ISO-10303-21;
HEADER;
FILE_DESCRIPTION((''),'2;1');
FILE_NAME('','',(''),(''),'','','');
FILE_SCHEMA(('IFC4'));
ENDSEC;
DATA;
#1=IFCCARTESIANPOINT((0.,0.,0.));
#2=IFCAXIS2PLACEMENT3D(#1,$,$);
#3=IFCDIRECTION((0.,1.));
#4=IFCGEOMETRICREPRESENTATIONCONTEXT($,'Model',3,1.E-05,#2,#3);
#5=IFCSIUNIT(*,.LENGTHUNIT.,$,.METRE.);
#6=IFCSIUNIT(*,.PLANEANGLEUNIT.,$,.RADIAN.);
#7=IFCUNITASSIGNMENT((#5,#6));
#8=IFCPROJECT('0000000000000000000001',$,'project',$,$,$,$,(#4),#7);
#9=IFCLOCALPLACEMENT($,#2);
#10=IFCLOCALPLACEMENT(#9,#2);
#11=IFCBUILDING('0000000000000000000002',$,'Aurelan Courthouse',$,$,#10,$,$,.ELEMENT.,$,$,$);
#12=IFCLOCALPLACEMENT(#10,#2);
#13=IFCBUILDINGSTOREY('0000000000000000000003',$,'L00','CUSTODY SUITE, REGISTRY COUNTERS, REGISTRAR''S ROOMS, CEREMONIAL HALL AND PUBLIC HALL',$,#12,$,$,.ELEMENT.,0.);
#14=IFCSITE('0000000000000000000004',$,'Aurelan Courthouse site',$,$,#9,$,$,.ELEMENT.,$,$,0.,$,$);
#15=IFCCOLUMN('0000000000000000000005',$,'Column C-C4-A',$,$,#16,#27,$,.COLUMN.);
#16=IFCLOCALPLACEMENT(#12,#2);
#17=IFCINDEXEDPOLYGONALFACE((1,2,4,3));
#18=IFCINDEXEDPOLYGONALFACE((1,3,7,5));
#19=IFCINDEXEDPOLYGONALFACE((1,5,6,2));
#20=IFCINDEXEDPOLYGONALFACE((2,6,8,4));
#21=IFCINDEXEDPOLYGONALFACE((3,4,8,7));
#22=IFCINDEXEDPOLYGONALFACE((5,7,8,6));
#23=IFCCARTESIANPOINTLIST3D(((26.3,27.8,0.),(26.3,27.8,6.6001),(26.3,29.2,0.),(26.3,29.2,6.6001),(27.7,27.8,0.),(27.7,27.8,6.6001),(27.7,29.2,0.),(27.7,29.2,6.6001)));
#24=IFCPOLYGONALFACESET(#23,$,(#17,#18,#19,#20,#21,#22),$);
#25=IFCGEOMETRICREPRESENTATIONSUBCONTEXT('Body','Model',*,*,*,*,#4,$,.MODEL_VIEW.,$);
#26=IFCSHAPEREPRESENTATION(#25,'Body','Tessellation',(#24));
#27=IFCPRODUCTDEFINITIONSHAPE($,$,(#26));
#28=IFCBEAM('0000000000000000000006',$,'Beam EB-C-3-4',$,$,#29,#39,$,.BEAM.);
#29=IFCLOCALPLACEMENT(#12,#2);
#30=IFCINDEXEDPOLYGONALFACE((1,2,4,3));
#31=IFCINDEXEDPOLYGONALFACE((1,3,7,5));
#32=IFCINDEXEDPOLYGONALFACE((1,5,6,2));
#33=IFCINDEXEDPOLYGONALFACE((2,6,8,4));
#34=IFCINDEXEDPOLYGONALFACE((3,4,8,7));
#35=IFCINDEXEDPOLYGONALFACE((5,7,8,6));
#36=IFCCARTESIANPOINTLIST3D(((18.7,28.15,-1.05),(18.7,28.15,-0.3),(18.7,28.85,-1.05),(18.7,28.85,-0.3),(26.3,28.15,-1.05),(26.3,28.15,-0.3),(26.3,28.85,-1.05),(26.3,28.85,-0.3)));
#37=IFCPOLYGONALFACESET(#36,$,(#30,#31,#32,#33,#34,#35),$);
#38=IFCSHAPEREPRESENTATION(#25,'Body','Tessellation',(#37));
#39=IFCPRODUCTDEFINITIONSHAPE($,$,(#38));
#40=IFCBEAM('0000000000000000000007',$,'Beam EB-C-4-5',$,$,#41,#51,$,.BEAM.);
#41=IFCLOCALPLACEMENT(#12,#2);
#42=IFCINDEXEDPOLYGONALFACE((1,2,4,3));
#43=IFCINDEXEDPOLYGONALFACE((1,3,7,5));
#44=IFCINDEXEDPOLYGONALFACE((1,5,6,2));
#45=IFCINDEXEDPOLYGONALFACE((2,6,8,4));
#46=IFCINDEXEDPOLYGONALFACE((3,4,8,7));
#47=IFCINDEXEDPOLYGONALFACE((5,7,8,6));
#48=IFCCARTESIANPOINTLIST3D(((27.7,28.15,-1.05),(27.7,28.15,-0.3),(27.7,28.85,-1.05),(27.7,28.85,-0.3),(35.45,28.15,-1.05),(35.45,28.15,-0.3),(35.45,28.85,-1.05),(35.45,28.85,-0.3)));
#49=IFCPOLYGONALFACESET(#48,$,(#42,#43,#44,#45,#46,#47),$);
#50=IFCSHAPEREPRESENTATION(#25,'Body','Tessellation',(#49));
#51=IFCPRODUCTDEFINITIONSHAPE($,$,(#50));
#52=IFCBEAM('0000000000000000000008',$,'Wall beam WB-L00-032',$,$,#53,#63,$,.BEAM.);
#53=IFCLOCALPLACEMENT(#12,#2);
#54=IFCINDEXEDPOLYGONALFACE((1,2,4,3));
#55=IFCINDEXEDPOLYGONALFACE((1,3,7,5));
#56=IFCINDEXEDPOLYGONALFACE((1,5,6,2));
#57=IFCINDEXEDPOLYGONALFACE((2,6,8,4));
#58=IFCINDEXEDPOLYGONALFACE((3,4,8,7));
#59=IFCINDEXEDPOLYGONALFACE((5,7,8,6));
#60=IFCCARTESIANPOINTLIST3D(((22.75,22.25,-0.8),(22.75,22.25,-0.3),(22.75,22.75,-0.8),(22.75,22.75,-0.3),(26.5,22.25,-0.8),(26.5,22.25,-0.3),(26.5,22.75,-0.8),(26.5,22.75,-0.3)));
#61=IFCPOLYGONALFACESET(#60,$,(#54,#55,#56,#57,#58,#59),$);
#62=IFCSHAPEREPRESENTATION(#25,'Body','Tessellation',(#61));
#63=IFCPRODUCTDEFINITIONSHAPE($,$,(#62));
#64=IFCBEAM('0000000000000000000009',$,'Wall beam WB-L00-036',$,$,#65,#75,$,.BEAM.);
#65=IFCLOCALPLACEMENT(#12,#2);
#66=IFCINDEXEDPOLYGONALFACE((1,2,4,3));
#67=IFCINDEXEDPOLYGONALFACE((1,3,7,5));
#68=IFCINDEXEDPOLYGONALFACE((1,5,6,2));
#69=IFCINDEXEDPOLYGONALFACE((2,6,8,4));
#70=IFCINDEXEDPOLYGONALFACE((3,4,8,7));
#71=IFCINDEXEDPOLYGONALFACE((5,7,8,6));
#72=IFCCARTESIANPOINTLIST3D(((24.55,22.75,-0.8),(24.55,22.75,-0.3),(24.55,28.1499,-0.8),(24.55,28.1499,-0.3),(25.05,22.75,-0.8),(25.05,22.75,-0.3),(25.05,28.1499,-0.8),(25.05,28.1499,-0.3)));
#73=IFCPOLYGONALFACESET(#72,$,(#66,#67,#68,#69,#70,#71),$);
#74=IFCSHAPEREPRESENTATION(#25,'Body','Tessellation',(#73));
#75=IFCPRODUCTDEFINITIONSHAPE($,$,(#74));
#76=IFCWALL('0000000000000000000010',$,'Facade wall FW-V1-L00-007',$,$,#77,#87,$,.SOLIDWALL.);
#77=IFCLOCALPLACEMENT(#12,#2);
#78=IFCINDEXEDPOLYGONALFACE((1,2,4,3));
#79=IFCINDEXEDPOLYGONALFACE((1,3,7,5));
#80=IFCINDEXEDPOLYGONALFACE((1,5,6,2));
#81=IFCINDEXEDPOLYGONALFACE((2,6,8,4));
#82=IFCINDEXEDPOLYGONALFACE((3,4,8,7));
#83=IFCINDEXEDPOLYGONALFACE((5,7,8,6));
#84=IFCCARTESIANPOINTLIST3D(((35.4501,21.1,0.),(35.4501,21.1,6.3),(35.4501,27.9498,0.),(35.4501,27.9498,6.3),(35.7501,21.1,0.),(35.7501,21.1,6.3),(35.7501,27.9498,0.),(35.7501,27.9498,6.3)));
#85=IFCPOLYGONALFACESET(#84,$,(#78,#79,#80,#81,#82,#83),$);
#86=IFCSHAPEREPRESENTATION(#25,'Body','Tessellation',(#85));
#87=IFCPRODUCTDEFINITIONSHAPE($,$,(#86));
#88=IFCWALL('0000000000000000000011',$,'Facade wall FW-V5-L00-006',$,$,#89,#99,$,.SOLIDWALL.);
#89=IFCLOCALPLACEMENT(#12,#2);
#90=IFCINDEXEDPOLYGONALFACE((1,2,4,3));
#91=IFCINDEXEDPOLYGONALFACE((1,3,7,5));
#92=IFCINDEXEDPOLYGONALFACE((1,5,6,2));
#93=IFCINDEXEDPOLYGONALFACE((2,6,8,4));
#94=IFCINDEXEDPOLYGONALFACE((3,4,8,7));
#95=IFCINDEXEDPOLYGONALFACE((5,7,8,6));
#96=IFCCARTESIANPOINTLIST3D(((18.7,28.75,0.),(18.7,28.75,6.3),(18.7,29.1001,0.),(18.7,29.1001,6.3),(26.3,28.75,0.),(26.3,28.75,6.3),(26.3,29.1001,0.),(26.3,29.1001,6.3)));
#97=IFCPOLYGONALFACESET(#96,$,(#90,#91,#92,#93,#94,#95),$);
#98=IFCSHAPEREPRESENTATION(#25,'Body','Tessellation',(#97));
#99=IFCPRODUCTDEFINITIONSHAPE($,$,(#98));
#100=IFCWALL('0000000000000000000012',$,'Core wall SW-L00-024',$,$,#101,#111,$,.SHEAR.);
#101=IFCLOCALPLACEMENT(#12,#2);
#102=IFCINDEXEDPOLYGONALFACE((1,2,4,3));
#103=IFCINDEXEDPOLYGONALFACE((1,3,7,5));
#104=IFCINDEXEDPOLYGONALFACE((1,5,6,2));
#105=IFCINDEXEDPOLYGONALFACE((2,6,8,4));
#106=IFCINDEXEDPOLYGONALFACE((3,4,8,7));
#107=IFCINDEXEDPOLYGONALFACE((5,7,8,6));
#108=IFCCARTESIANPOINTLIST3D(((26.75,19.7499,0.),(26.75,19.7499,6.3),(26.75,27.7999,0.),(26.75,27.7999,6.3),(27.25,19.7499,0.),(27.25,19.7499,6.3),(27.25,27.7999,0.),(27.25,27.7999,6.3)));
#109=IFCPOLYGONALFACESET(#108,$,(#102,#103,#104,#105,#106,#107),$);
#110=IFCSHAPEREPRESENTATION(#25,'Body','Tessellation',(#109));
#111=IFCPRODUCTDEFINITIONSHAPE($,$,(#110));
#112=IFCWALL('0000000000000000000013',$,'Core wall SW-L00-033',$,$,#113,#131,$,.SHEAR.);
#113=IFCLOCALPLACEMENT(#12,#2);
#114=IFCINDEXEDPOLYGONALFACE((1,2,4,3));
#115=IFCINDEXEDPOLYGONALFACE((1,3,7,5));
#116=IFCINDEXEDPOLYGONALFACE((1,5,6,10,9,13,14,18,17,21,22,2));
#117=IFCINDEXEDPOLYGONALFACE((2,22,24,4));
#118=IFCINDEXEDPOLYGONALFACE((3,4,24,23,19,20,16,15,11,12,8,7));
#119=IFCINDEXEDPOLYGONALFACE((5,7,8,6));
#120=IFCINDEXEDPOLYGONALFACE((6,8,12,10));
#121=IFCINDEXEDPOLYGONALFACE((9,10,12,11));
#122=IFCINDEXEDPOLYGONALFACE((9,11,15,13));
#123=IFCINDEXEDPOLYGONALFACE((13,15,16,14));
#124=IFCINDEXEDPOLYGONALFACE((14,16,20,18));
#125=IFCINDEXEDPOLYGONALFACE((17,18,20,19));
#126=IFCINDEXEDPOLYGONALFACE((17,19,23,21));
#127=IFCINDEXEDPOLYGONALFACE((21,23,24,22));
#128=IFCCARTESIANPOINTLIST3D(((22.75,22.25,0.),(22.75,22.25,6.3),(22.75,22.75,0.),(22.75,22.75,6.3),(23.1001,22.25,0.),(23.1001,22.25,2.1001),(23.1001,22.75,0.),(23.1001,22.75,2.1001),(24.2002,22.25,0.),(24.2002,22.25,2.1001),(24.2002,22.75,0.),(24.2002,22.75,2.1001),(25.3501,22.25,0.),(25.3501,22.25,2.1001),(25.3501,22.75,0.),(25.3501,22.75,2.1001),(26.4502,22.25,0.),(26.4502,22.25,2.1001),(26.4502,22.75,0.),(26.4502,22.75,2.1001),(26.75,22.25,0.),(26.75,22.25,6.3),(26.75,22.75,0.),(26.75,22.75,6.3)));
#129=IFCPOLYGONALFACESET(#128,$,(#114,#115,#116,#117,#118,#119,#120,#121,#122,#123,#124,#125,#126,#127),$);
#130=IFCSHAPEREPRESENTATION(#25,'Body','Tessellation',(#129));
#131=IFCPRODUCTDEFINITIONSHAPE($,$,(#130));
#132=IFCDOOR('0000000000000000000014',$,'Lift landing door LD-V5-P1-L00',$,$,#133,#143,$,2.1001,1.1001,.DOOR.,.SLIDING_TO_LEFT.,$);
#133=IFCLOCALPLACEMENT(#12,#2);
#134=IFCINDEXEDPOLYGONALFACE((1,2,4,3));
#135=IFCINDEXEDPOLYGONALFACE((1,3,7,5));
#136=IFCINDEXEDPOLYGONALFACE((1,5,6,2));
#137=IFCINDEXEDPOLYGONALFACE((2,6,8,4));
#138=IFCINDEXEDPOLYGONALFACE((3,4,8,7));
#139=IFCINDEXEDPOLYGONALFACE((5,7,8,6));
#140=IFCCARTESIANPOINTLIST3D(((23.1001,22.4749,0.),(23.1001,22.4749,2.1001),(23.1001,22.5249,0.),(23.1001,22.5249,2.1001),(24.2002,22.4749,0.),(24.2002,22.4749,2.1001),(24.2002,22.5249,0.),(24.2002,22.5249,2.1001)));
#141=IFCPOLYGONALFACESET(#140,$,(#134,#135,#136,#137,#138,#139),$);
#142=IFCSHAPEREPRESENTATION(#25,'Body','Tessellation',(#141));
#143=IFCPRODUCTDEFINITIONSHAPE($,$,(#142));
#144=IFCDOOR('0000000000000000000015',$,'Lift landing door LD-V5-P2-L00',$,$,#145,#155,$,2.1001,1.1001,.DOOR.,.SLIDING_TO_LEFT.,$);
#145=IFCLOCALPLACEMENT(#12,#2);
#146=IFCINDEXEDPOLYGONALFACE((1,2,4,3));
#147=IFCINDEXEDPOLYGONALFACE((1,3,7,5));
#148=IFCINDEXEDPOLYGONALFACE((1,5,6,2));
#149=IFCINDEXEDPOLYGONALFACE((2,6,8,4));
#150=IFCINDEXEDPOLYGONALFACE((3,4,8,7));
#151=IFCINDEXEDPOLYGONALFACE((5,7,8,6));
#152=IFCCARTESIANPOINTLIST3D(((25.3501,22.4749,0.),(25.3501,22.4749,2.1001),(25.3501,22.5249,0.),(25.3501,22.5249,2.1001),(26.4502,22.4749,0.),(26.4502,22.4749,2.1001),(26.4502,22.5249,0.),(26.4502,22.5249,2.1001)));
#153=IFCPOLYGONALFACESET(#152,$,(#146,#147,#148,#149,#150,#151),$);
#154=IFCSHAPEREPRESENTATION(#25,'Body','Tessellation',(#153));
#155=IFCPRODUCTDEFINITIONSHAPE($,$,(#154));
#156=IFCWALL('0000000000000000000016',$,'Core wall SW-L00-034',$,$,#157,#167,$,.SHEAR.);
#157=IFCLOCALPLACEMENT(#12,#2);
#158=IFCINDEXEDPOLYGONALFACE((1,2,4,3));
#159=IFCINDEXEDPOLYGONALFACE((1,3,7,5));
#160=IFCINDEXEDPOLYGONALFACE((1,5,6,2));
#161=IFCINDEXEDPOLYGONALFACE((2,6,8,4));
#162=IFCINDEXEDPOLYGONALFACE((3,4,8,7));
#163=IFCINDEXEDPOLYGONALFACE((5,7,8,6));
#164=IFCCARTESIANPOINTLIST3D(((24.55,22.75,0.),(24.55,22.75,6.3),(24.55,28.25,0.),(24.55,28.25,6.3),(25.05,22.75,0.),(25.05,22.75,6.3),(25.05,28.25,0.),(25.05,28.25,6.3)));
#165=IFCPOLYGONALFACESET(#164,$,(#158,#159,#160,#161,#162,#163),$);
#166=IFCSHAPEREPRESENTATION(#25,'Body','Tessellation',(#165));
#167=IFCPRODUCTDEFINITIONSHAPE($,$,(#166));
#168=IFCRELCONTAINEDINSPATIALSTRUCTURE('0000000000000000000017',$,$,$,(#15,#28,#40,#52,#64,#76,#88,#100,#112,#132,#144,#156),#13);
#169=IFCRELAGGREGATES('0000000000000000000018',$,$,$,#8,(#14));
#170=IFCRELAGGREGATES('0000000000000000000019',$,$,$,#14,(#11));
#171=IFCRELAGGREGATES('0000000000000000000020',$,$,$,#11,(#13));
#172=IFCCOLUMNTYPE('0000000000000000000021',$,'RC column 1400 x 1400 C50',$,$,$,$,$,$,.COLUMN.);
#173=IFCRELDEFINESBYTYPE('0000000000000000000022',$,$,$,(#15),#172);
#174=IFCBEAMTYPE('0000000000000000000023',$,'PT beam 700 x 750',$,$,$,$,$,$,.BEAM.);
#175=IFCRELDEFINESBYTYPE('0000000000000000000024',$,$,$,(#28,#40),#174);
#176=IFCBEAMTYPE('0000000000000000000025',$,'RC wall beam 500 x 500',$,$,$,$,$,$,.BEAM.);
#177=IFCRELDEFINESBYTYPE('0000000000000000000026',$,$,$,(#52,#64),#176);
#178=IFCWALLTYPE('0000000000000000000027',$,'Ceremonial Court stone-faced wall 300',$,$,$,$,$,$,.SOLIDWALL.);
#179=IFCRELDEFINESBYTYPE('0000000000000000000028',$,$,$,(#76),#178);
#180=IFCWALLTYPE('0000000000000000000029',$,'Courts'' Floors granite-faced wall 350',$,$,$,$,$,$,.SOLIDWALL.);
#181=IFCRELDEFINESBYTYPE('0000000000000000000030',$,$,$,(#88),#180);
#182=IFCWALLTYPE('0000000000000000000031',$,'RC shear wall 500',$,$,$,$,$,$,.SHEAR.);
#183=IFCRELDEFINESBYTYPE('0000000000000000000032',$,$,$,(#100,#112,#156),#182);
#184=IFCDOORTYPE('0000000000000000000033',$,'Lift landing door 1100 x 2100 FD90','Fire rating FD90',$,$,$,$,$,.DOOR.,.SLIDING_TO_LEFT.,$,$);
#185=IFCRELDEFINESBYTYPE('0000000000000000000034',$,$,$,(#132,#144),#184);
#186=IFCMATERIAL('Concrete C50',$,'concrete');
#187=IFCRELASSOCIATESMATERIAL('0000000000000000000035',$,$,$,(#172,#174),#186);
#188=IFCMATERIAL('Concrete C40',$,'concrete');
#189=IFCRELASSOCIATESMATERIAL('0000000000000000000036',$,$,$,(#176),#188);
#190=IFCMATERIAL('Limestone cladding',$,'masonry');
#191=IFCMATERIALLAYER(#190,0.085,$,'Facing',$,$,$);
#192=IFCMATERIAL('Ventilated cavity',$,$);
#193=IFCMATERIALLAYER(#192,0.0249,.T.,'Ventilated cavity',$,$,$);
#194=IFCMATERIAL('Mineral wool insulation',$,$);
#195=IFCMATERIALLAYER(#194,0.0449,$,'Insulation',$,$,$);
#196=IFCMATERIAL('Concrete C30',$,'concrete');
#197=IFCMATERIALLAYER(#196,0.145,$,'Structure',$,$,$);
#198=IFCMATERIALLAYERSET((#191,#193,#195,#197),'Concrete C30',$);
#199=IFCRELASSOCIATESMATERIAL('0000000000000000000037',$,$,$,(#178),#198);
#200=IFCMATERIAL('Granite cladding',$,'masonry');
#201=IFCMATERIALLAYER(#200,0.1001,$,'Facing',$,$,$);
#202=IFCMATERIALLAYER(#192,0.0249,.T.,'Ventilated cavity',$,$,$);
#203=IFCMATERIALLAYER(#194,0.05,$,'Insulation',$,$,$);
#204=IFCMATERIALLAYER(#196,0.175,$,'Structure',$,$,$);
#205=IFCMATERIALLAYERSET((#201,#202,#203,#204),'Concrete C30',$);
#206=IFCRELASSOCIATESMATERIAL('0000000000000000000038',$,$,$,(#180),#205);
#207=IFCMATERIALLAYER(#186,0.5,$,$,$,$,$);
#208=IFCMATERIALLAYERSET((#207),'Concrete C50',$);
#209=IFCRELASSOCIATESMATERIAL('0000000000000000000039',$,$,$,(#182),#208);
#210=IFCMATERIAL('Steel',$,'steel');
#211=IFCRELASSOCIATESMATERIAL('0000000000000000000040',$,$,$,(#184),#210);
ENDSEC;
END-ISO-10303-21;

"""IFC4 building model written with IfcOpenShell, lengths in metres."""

from ifc_helpers import new_model, si_unit, direction, frame, frame_2d, origin, origin_2d, place, context, subcontext, project, spatial, rectangle, extrude, material, layer, layer_set, material_profile, profile_set, type_object, element, fill, save


model = new_model("IFC4")

# Units and contexts
model_context = context("Model", 3, precision=1e-05, world=origin(), true_north=direction((0.0, 1.0)))
body_context = subcontext(model_context, "Body", "Model", "MODEL_VIEW")
ifc_project = project(units=[si_unit("LENGTHUNIT", "METRE"), si_unit("PLANEANGLEUNIT", "RADIAN")], contexts=[model_context])

# Site, building, storey
site_placement = place(None, origin())
site = spatial("IfcSite", under=ifc_project, at=site_placement, Name="Aurelan Courthouse site", CompositionType="ELEMENT", RefElevation=0.0)
building_placement = place(site_placement, origin())
building = spatial("IfcBuilding", under=site, at=building_placement, Name="Aurelan Courthouse", CompositionType="ELEMENT")
storey_placement = place(building_placement, origin())
storey = spatial("IfcBuildingStorey", under=building, at=storey_placement, Name="L00", Description="CUSTODY SUITE, REGISTRY COUNTERS, REGISTRAR'S ROOMS, CEREMONIAL HALL AND PUBLIC HALL", CompositionType="ELEMENT", Elevation=0.0)

# Column
ifc_material_1 = material(Name="Concrete C50", Category="concrete")
ifc_material_profile_1 = material_profile(ifc_material_1, rectangle(XDim=1.3999, YDim=1.3999, at=origin_2d()), Name="RC 1400 x 1400")
ifc_profile_set_1 = profile_set([ifc_material_profile_1], Name="Concrete C50")
column_type = type_object("IfcColumnType", Name="RC column 1400 x 1400 C50", PredefinedType="COLUMN", material=ifc_profile_set_1)
column_placement = place(storey_placement, frame((27.0, 28.5, 0.0), z_axis=(0.0, 0.0, 1.0), x_axis=(1.0, 0.0, 0.0)))
element("IfcColumn", 1, at=column_placement, inside=storey, type_object=column_type, Name="Column C-C4-A", PredefinedType="COLUMN", context=body_context, shape_type="SweptSolid", body=[
    extrude(rectangle(XDim=1.3999, YDim=1.3999, at=origin_2d()), origin(), (0.0, 0.0, 1.0), 6.6001),
])

# Beams
ifc_material_profile_2 = material_profile(ifc_material_1, rectangle(XDim=0.7, YDim=0.75, at=origin_2d()), Name="RC 700 x 750")
ifc_profile_set_2 = profile_set([ifc_material_profile_2], Name="Concrete C50")
beam_type_1 = type_object("IfcBeamType", Name="PT beam 700 x 750", PredefinedType="BEAM", material=ifc_profile_set_2)
beam_1_placement = place(storey_placement, frame((18.7, 28.5, -0.675), z_axis=(1.0, 0.0, 0.0), x_axis=(0.0, 1.0, 0.0)))
element("IfcBeam", 2, at=beam_1_placement, inside=storey, type_object=beam_type_1, Name="Beam EB-C-3-4", PredefinedType="BEAM", context=body_context, shape_type="SweptSolid", body=[
    extrude(rectangle(XDim=0.7, YDim=0.75, at=origin_2d()), origin(), (0.0, 0.0, 1.0), 7.6001),
])
beam_2_placement = place(storey_placement, frame((27.7, 28.5, -0.675), z_axis=(1.0, 0.0, 0.0), x_axis=(0.0, 1.0, 0.0)))
element("IfcBeam", 3, at=beam_2_placement, inside=storey, type_object=beam_type_1, Name="Beam EB-C-4-5", PredefinedType="BEAM", context=body_context, shape_type="SweptSolid", body=[
    extrude(rectangle(XDim=0.7, YDim=0.75, at=origin_2d()), origin(), (0.0, 0.0, 1.0), 7.75),
])
ifc_material_2 = material(Name="Concrete C40", Category="concrete")
ifc_material_profile_3 = material_profile(ifc_material_2, rectangle(XDim=0.5, YDim=0.5, at=origin_2d()), Name="RC 500 x 500")
ifc_profile_set_3 = profile_set([ifc_material_profile_3], Name="Concrete C40")
beam_type_2 = type_object("IfcBeamType", Name="RC wall beam 500 x 500", PredefinedType="BEAM", material=ifc_profile_set_3)
beam_3_placement = place(storey_placement, frame((22.75, 22.5, -0.55), z_axis=(1.0, 0.0, 0.0), x_axis=(0.0, 1.0, 0.0)))
element("IfcBeam", 4, at=beam_3_placement, inside=storey, type_object=beam_type_2, Name="Wall beam WB-L00-032", PredefinedType="BEAM", context=body_context, shape_type="SweptSolid", body=[
    extrude(rectangle(XDim=0.5, YDim=0.5, at=origin_2d()), origin(), (0.0, 0.0, 1.0), 3.75),
])
beam_4_placement = place(storey_placement, frame((24.8, 22.75, -0.55), z_axis=(0.0, 1.0, 0.0), x_axis=(-1.0, 0.0, 0.0)))
element("IfcBeam", 5, at=beam_4_placement, inside=storey, type_object=beam_type_2, Name="Wall beam WB-L00-036", PredefinedType="BEAM", context=body_context, shape_type="SweptSolid", body=[
    extrude(rectangle(XDim=0.5, YDim=0.5, at=origin_2d()), origin(), (0.0, 0.0, 1.0), 5.3999),
])

# Walls
ifc_material_3 = material(Name="Limestone cladding", Category="masonry")
ifc_layer_1 = layer(ifc_material_3, 0.085, Name="Facing")
ifc_material_4 = material(Name="Ventilated cavity")
ifc_layer_2 = layer(ifc_material_4, 0.0249, ventilated=True, Name="Ventilated cavity")
ifc_material_5 = material(Name="Mineral wool insulation")
ifc_layer_3 = layer(ifc_material_5, 0.0449, Name="Insulation")
ifc_material_6 = material(Name="Concrete C30", Category="concrete")
ifc_layer_4 = layer(ifc_material_6, 0.145, Name="Structure")
ifc_layer_set_1 = layer_set([ifc_layer_1, ifc_layer_2, ifc_layer_3, ifc_layer_4], Name="Concrete C30")
wall_type_1 = type_object("IfcWallType", Name="Ceremonial Court stone-faced wall 300", PredefinedType="SOLIDWALL", material=ifc_layer_set_1)
wall_1_placement = place(storey_placement, frame((35.6001, 21.1001, 0.0), z_axis=(0.0, 0.0, 1.0), x_axis=(0.0, 1.0, 0.0)))
element("IfcWall", 6, at=wall_1_placement, inside=storey, type_object=wall_type_1, Name="Facade wall FW-V1-L00-007", PredefinedType="SOLIDWALL", context=body_context, shape_type="SweptSolid", body=[
    extrude(rectangle(XDim=6.8499, YDim=0.3, at=frame_2d((3.4248, 0.0))), origin(), (0.0, 0.0, 1.0), 6.3),
])
ifc_material_7 = material(Name="Granite cladding", Category="masonry")
ifc_layer_5 = layer(ifc_material_7, 0.1001, Name="Facing")
ifc_layer_6 = layer(ifc_material_4, 0.0249, ventilated=True, Name="Ventilated cavity")
ifc_layer_7 = layer(ifc_material_5, 0.05, Name="Insulation")
ifc_layer_8 = layer(ifc_material_6, 0.175, Name="Structure")
ifc_layer_set_2 = layer_set([ifc_layer_5, ifc_layer_6, ifc_layer_7, ifc_layer_8], Name="Concrete C30")
wall_type_2 = type_object("IfcWallType", Name="Courts' Floors granite-faced wall 350", PredefinedType="SOLIDWALL", material=ifc_layer_set_2)
wall_2_placement = place(storey_placement, frame((18.7, 28.925, 0.0), z_axis=(0.0, 0.0, 1.0), x_axis=(1.0, 0.0, 0.0)))
element("IfcWall", 7, at=wall_2_placement, inside=storey, type_object=wall_type_2, Name="Facade wall FW-V5-L00-006", PredefinedType="SOLIDWALL", context=body_context, shape_type="SweptSolid", body=[
    extrude(rectangle(XDim=7.6001, YDim=0.3501, at=frame_2d((3.8, 0.0))), origin(), (0.0, 0.0, 1.0), 6.3),
])
ifc_layer_9 = layer(ifc_material_1, 0.5)
ifc_layer_set_3 = layer_set([ifc_layer_9], Name="Concrete C50")
wall_type_3 = type_object("IfcWallType", Name="RC shear wall 500", PredefinedType="SHEAR", material=ifc_layer_set_3)
wall_3_placement = place(storey_placement, frame((27.0, 19.75, 0.0), z_axis=(0.0, 0.0, 1.0), x_axis=(0.0, 1.0, 0.0)))
element("IfcWall", 8, at=wall_3_placement, inside=storey, type_object=wall_type_3, Name="Core wall SW-L00-024", PredefinedType="SHEAR", context=body_context, shape_type="SweptSolid", body=[
    extrude(rectangle(XDim=8.05, YDim=0.5, at=frame_2d((4.0249, 0.0))), origin(), (0.0, 0.0, 1.0), 6.3),
])

# Wall, openings, doors
wall_4_placement = place(storey_placement, frame((22.75, 22.5, 0.0), z_axis=(0.0, 0.0, 1.0), x_axis=(1.0, 0.0, 0.0)))
wall_4 = element("IfcWall", 9, at=wall_4_placement, inside=storey, type_object=wall_type_3, Name="Core wall SW-L00-033", PredefinedType="SHEAR", context=body_context, shape_type="SweptSolid", body=[
    extrude(rectangle(XDim=4.0, YDim=0.5, at=frame_2d((2.0, 0.0))), origin(), (0.0, 0.0, 1.0), 6.3),
])
opening_1_placement = place(wall_4_placement, frame((0.3501, 0.0, 0.0)))
opening_1 = element("IfcOpeningElement", 10, at=opening_1_placement, cuts=wall_4, PredefinedType="OPENING", context=body_context, shape_type="SweptSolid", body=[
    extrude(rectangle(XDim=1.1001, YDim=2.1001, at=frame_2d((0.55, 1.05))), frame((0.0, 0.26, 0.0), z_axis=(0.0, -1.0, 0.0), x_axis=(1.0, 0.0, 0.0)), (0.0, 0.0, 1.0), 0.52),
])
opening_2_placement = place(wall_4_placement, frame((2.6001, 0.0, 0.0)))
opening_2 = element("IfcOpeningElement", 11, at=opening_2_placement, cuts=wall_4, PredefinedType="OPENING", context=body_context, shape_type="SweptSolid", body=[
    extrude(rectangle(XDim=1.1001, YDim=2.1001, at=frame_2d((0.55, 1.05))), frame((0.0, 0.26, 0.0), z_axis=(0.0, -1.0, 0.0), x_axis=(1.0, 0.0, 0.0)), (0.0, 0.0, 1.0), 0.52),
])
ifc_material_8 = material(Name="Steel", Category="steel")
door_type = type_object("IfcDoorType", Name="Lift landing door 1100 x 2100 FD90", Description="Fire rating FD90", OperationType="SLIDING_TO_LEFT", PredefinedType="DOOR", material=ifc_material_8)
door_1_placement = place(opening_1_placement, origin())
door_1 = element("IfcDoor", 12, at=door_1_placement, inside=storey, type_object=door_type, Name="Lift landing door LD-V5-P1-L00", OperationType="SLIDING_TO_LEFT", OverallHeight=2.1001, OverallWidth=1.1001, PredefinedType="DOOR", context=body_context, shape_type="SweptSolid", body=[
    extrude(rectangle(XDim=1.1001, YDim=2.1001, at=frame_2d((0.55, 1.05))), frame((0.0, 0.0249, 0.0), z_axis=(0.0, -1.0, 0.0), x_axis=(1.0, 0.0, 0.0)), (0.0, 0.0, 1.0), 0.05),
])
fill(opening_1, door_1)
door_2_placement = place(opening_2_placement, origin())
door_2 = element("IfcDoor", 13, at=door_2_placement, inside=storey, type_object=door_type, Name="Lift landing door LD-V5-P2-L00", OperationType="SLIDING_TO_LEFT", OverallHeight=2.1001, OverallWidth=1.1001, PredefinedType="DOOR", context=body_context, shape_type="SweptSolid", body=[
    extrude(rectangle(XDim=1.1001, YDim=2.1001, at=frame_2d((0.55, 1.05))), frame((0.0, 0.0249, 0.0), z_axis=(0.0, -1.0, 0.0), x_axis=(1.0, 0.0, 0.0)), (0.0, 0.0, 1.0), 0.05),
])
fill(opening_2, door_2)

# Wall
wall_5_placement = place(storey_placement, frame((24.8, 22.75, 0.0), z_axis=(0.0, 0.0, 1.0), x_axis=(0.0, 1.0, 0.0)))
element("IfcWall", 14, at=wall_5_placement, inside=storey, type_object=wall_type_3, Name="Core wall SW-L00-034", PredefinedType="SHEAR", context=body_context, shape_type="SweptSolid", body=[
    extrude(rectangle(XDim=5.5, YDim=0.5, at=frame_2d((2.75, 0.0))), origin(), (0.0, 0.0, 1.0), 6.3),
])

save(model, "model.ifc")
